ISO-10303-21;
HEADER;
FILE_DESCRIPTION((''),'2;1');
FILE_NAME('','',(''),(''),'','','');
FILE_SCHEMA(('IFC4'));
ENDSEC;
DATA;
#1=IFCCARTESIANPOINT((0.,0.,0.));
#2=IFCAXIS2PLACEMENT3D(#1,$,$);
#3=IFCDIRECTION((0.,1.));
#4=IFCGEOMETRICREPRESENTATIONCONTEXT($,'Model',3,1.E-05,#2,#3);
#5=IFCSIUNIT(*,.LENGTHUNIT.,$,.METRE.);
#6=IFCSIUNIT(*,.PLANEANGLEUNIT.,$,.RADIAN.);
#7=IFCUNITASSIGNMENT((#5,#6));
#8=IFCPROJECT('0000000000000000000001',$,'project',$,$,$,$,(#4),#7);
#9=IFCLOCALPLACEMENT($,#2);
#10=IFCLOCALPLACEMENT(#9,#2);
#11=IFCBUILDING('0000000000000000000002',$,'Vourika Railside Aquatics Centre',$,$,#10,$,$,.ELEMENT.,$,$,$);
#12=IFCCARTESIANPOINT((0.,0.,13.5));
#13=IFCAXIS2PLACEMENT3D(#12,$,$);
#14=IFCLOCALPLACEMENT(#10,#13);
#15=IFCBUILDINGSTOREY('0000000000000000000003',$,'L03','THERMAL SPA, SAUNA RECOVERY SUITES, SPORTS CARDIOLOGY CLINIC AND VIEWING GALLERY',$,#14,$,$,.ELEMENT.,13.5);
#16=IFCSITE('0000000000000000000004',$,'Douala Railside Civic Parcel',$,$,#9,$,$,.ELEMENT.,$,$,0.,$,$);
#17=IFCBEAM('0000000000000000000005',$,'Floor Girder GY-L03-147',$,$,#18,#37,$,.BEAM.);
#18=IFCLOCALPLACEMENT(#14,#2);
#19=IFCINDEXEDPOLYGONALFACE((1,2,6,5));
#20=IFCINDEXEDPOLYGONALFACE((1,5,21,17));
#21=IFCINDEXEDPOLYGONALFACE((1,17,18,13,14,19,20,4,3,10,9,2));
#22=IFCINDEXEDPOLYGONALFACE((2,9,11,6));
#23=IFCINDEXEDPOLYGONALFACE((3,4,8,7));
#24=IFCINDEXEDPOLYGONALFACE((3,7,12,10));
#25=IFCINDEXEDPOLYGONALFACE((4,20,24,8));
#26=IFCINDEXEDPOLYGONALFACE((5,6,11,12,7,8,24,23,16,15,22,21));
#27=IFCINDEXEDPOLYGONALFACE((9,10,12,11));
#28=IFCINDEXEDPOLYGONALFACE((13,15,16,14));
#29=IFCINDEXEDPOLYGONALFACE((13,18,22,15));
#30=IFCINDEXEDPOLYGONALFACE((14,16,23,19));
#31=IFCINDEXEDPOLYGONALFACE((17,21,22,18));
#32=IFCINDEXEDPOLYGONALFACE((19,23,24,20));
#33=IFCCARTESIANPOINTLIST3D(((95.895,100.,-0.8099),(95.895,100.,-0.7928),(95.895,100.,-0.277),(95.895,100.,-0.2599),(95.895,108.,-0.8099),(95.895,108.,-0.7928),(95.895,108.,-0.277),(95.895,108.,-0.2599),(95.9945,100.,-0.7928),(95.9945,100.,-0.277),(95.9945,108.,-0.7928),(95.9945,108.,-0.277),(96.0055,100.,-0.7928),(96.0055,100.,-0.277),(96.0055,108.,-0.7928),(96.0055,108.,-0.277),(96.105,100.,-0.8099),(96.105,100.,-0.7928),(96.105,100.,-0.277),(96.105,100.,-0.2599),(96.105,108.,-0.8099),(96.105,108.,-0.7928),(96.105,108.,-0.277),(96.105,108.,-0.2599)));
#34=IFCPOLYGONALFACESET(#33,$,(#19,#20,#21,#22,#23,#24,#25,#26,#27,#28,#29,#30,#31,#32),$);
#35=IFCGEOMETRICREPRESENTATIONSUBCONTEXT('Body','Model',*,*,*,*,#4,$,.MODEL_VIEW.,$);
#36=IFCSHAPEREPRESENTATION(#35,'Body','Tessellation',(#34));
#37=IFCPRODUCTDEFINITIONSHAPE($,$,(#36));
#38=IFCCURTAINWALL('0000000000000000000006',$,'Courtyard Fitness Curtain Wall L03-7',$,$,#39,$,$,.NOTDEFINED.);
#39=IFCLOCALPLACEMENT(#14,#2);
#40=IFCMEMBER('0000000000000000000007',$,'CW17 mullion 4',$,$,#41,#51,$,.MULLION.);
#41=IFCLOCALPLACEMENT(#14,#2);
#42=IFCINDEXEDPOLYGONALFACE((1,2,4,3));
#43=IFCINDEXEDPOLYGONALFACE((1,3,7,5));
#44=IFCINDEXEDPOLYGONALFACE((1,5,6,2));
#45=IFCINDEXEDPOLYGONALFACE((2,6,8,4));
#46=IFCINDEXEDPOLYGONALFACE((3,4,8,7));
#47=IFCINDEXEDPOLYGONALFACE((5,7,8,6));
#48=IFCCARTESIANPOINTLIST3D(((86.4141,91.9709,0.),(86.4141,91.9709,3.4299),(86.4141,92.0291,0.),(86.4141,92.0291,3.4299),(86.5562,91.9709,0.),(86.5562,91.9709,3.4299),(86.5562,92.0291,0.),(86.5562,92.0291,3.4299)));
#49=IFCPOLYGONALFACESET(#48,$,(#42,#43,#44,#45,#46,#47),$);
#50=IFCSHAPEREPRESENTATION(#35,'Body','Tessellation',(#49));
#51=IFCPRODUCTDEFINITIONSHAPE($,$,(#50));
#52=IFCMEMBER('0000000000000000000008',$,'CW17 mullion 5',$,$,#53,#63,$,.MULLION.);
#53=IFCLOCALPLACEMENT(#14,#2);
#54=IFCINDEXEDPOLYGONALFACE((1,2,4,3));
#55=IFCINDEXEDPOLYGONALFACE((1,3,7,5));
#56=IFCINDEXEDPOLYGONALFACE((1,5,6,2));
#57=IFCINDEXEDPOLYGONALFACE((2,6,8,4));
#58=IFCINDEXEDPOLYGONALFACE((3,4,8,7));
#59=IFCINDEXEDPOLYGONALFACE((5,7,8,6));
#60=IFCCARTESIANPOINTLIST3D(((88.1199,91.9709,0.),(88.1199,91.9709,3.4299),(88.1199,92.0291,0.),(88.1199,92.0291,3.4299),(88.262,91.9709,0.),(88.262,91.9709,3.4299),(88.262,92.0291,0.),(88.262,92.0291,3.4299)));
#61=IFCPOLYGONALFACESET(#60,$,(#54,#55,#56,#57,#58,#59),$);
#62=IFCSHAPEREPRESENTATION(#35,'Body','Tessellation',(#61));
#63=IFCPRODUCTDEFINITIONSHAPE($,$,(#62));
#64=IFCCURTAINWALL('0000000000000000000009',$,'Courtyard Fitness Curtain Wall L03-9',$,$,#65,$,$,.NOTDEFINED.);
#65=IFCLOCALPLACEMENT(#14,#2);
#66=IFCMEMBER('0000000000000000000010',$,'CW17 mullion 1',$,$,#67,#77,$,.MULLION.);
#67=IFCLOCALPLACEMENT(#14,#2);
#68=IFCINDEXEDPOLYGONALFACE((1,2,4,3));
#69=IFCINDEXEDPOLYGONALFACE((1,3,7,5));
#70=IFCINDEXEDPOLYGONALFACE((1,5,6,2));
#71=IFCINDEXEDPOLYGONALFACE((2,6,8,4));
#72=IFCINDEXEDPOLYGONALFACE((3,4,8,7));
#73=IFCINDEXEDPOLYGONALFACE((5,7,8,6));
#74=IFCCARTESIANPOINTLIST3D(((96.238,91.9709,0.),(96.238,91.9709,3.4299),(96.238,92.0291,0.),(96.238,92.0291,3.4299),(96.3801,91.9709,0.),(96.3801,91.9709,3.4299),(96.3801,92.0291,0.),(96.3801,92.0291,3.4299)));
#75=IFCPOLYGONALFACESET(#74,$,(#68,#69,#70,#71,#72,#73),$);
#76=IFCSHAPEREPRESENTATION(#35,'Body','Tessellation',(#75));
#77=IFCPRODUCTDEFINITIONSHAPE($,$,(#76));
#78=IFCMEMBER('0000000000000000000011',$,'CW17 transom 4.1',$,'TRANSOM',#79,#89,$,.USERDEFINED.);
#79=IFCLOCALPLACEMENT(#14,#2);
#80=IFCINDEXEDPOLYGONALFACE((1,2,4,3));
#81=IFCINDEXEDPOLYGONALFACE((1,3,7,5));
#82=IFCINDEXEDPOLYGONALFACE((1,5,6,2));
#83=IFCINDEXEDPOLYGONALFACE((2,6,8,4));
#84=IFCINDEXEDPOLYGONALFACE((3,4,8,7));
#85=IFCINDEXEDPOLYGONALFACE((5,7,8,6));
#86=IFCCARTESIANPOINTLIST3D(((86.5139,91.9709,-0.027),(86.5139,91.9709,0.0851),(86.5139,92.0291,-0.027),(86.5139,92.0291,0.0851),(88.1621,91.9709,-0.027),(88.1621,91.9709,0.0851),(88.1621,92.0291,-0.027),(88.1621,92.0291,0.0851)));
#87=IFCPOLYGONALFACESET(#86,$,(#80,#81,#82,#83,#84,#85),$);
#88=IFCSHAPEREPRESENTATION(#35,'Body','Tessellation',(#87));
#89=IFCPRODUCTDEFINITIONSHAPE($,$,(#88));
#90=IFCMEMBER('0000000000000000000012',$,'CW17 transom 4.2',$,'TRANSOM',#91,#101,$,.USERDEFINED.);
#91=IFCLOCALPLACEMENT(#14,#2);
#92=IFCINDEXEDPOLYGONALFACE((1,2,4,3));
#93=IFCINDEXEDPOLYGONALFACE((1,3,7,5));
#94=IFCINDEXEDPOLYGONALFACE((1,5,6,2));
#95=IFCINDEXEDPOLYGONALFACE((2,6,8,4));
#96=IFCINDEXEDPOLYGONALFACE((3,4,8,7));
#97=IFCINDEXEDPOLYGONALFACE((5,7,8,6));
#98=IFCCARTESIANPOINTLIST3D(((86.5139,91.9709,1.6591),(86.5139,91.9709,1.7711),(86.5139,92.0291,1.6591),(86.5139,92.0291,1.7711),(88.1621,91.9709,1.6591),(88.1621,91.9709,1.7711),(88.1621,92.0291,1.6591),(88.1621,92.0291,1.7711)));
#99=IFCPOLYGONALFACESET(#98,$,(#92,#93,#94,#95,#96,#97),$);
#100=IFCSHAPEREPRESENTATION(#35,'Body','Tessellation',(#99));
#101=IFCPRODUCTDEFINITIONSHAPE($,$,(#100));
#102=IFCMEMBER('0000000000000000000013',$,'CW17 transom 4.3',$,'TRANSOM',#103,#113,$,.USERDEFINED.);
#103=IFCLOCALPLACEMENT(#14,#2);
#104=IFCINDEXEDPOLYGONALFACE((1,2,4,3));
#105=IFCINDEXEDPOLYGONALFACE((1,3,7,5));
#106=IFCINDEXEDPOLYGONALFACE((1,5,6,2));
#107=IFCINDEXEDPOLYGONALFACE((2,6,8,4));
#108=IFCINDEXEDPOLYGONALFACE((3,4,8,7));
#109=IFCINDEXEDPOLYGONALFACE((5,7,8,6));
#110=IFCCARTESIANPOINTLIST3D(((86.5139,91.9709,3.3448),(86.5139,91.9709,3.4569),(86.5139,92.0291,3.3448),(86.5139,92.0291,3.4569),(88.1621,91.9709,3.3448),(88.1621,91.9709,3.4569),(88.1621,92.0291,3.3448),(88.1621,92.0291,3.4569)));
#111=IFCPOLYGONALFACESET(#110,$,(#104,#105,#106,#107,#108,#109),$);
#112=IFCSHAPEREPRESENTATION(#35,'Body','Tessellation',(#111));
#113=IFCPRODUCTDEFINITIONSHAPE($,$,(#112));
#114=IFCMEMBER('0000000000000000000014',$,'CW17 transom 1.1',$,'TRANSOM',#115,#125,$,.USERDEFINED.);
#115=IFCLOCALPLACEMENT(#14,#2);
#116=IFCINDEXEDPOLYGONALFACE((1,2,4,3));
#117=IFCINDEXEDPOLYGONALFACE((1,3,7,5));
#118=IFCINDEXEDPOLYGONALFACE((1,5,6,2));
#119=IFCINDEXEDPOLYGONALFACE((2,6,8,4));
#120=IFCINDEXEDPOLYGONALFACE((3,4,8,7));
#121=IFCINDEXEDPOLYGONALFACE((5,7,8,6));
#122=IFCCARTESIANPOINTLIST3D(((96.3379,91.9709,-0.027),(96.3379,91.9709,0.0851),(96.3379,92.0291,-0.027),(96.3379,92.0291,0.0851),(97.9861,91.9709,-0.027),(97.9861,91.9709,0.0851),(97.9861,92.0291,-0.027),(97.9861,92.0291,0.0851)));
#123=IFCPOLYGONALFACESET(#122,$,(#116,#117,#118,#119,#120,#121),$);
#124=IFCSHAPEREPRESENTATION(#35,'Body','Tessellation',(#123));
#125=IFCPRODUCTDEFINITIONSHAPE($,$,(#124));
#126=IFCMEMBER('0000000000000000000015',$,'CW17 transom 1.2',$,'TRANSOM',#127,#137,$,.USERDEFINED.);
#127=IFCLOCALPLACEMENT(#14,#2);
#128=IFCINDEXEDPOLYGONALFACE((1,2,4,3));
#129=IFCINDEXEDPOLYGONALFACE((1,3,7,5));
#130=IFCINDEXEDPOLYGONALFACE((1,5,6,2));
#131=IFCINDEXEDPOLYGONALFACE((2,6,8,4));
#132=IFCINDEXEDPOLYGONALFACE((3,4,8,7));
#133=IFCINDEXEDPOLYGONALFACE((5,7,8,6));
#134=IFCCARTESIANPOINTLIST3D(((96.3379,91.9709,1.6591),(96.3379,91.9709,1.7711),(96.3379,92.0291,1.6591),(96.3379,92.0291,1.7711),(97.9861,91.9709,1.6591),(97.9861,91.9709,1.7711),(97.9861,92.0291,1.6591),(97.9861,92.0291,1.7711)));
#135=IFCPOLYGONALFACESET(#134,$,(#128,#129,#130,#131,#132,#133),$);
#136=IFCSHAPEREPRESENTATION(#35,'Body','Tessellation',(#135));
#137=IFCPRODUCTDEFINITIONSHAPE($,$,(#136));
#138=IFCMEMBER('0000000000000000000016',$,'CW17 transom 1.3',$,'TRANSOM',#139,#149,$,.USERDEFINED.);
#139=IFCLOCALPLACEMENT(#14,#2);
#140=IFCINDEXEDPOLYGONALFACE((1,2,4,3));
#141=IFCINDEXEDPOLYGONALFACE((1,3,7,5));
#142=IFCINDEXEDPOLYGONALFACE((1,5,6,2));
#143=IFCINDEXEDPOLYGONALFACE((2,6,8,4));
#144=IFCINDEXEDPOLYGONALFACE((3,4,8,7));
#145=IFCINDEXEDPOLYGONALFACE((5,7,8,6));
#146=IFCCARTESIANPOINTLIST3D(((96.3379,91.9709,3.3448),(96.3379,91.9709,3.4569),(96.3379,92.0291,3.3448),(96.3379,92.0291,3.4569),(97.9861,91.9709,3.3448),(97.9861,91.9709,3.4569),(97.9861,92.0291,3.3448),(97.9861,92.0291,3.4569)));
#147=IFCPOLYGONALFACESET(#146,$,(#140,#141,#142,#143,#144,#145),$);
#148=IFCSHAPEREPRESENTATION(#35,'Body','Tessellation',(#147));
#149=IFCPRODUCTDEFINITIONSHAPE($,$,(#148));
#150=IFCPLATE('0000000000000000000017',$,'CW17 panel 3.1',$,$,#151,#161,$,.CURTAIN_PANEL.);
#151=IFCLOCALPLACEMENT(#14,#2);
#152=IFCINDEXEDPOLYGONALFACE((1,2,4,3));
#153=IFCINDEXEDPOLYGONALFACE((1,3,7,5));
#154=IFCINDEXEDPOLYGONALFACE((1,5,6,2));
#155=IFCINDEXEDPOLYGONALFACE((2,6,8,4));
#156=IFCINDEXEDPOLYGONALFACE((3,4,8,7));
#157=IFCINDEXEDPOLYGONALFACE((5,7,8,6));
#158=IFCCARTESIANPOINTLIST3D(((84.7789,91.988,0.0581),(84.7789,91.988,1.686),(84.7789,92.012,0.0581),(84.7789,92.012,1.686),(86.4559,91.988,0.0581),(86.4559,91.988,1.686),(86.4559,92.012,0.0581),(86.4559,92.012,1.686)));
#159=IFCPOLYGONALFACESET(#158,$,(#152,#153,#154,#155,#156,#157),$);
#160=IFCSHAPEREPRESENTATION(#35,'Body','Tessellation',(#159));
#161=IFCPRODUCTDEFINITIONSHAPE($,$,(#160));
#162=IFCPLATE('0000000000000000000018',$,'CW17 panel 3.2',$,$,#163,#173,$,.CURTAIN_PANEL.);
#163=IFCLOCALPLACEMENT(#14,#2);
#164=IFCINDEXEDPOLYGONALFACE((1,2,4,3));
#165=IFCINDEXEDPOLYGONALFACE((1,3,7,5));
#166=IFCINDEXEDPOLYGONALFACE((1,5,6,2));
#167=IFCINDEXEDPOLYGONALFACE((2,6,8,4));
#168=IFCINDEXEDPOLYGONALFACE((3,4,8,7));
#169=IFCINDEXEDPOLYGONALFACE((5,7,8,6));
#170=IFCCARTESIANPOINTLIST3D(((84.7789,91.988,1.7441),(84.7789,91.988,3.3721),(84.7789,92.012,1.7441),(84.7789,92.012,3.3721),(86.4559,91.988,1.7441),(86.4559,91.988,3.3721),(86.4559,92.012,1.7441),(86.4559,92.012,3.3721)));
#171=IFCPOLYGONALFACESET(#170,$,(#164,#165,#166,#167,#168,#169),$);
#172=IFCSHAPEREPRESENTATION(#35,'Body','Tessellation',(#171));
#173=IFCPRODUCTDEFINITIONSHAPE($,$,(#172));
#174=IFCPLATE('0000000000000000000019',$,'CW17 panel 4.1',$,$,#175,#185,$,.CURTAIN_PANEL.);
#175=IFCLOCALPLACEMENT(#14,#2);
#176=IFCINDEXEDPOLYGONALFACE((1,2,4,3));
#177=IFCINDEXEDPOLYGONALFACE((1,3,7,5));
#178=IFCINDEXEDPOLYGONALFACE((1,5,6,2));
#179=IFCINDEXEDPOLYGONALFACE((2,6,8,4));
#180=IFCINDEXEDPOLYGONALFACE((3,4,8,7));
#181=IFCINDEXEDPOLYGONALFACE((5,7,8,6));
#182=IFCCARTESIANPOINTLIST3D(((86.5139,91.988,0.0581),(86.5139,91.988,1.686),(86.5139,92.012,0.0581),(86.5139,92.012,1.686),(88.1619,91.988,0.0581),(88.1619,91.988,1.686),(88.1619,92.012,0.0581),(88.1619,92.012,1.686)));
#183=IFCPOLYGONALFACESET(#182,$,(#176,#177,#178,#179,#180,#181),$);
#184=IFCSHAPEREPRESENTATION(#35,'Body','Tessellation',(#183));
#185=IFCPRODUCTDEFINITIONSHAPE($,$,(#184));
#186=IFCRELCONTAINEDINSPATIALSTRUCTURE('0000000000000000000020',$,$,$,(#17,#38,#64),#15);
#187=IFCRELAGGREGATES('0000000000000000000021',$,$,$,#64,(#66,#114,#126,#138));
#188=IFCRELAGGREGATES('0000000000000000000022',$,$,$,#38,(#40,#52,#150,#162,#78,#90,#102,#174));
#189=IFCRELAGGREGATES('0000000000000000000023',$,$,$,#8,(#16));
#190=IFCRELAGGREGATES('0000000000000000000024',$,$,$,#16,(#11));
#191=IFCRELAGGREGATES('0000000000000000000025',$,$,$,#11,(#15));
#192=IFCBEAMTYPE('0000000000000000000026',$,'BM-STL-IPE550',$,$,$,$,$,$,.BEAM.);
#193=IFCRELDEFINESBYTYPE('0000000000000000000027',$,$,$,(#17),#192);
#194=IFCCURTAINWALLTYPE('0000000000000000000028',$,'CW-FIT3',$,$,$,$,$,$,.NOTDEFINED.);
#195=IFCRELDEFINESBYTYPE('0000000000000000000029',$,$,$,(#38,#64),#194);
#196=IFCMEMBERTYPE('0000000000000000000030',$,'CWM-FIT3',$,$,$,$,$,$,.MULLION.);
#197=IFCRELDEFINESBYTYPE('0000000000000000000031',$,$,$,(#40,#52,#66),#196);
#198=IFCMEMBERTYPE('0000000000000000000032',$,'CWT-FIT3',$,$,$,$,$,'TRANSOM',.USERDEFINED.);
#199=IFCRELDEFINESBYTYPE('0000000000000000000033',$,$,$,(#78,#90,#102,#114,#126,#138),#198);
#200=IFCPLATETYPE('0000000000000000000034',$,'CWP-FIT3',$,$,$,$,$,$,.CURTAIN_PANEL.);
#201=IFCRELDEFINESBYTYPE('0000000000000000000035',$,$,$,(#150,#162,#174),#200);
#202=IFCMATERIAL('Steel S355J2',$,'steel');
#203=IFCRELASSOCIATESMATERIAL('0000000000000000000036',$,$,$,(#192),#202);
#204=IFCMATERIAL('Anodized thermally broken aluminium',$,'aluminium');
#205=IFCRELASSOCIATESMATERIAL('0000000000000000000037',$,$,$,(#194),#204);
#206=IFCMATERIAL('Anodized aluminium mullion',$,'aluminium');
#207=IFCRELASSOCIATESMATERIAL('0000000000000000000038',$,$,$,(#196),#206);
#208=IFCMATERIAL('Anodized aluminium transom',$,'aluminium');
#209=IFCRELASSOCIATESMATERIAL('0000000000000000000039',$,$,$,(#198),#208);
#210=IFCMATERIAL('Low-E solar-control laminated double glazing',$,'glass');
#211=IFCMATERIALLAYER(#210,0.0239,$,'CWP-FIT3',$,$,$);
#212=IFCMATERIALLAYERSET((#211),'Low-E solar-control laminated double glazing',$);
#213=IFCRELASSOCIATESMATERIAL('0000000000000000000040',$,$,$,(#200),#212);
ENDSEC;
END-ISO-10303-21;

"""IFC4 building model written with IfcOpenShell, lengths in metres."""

from ifc_helpers import new_model, si_unit, direction, frame, origin, origin_2d, place, context, subcontext, project, spatial, rectangle, i_section, extrude, material, layer, layer_set, material_profile, profile_set, type_object, element, aggregate, save


model = new_model("IFC4")

# Units and contexts
model_context = context("Model", 3, precision=1e-05, world=origin(), true_north=direction((0.0, 1.0)))
body_context = subcontext(model_context, "Body", "Model", "MODEL_VIEW")
ifc_project = project(units=[si_unit("LENGTHUNIT", "METRE"), si_unit("PLANEANGLEUNIT", "RADIAN")], contexts=[model_context])

# Site, building, storey
site_placement = place(None, origin())
site = spatial("IfcSite", under=ifc_project, at=site_placement, Name="Douala Railside Civic Parcel", CompositionType="ELEMENT", RefElevation=0.0)
building_placement = place(site_placement, origin())
building = spatial("IfcBuilding", under=site, at=building_placement, Name="Vourika Railside Aquatics Centre", CompositionType="ELEMENT")
storey_placement = place(building_placement, frame((0.0, 0.0, 13.5)))
storey = spatial("IfcBuildingStorey", under=building, at=storey_placement, Name="L03", Description="THERMAL SPA, SAUNA RECOVERY SUITES, SPORTS CARDIOLOGY CLINIC AND VIEWING GALLERY", CompositionType="ELEMENT", Elevation=13.5)

# Beam
ifc_material_1 = material(Name="Steel S355J2", Category="steel")
ifc_material_profile_1 = material_profile(ifc_material_1, i_section(OverallWidth=0.21, OverallDepth=0.55, WebThickness=0.011, FlangeThickness=0.0171, at=origin_2d()), Name="IPE 550")
ifc_profile_set_1 = profile_set([ifc_material_profile_1], Name="Steel S355J2")
beam_type_1 = type_object("IfcBeamType", Name="BM-STL-IPE550", PredefinedType="BEAM", material=ifc_profile_set_1)
for number, where, z_axis, x_axis, name in (
    (1, (96.0, 100.0, -0.5349), (0.0, 1.0, 0.0), (-1.0, 0.0, 0.0), "Floor Girder GY-L03-147"),
):
    element("IfcBeam", number, at=place(storey_placement, frame(where, z_axis=z_axis, x_axis=x_axis)), inside=storey, type_object=beam_type_1, Name=name, PredefinedType="BEAM", context=body_context, shape_type="SweptSolid", body=[
        extrude(i_section(OverallWidth=0.21, OverallDepth=0.55, WebThickness=0.011, FlangeThickness=0.0171, at=origin_2d()), origin(), (0.0, 0.0, 1.0), 8.0),
    ])

# Curtain wall, members
ifc_material_2 = material(Name="Anodized thermally broken aluminium", Category="aluminium")
curtain_wall_type = type_object("IfcCurtainWallType", Name="CW-FIT3", PredefinedType="NOTDEFINED", material=ifc_material_2)
curtain_wall_1_placement = place(storey_placement, origin())
curtain_wall_1 = element("IfcCurtainWall", 2, at=curtain_wall_1_placement, inside=storey, type_object=curtain_wall_type, Name="Courtyard Fitness Curtain Wall L03-7", PredefinedType="NOTDEFINED")
ifc_material_3 = material(Name="Anodized aluminium mullion", Category="aluminium")
ifc_material_profile_2 = material_profile(ifc_material_3, rectangle(XDim=0.0581, YDim=0.1421, at=origin_2d()), Name="ALU-M 58x142")
ifc_profile_set_2 = profile_set([ifc_material_profile_2], Name="Anodized aluminium mullion")
member_type_1 = type_object("IfcMemberType", Name="CWM-FIT3", PredefinedType="MULLION", material=ifc_profile_set_2)
member_1_placement = place(storey_placement, frame((86.4851, 92.0, 0.0), z_axis=(0.0, 0.0, 1.0), x_axis=(0.0, 1.0, 0.0)))
member_1 = element("IfcMember", 3, at=member_1_placement, type_object=member_type_1, Name="CW17 mullion 4", PredefinedType="MULLION", context=body_context, shape_type="SweptSolid", body=[
    extrude(rectangle(XDim=0.0581, YDim=0.1421, at=origin_2d()), origin(), (0.0, 0.0, 1.0), 3.4299),
])
member_2_placement = place(storey_placement, frame((88.1909, 92.0, 0.0), z_axis=(0.0, 0.0, 1.0), x_axis=(0.0, 1.0, 0.0)))
member_2 = element("IfcMember", 4, at=member_2_placement, type_object=member_type_1, Name="CW17 mullion 5", PredefinedType="MULLION", context=body_context, shape_type="SweptSolid", body=[
    extrude(rectangle(XDim=0.0581, YDim=0.1421, at=origin_2d()), origin(), (0.0, 0.0, 1.0), 3.4299),
])

# Curtain wall, member
curtain_wall_2_placement = place(storey_placement, origin())
curtain_wall_2 = element("IfcCurtainWall", 5, at=curtain_wall_2_placement, inside=storey, type_object=curtain_wall_type, Name="Courtyard Fitness Curtain Wall L03-9", PredefinedType="NOTDEFINED")
member_3_placement = place(storey_placement, frame((96.3091, 92.0, 0.0), z_axis=(0.0, 0.0, 1.0), x_axis=(0.0, 1.0, 0.0)))
member_3 = element("IfcMember", 6, at=member_3_placement, type_object=member_type_1, Name="CW17 mullion 1", PredefinedType="MULLION", context=body_context, shape_type="SweptSolid", body=[
    extrude(rectangle(XDim=0.0581, YDim=0.1421, at=origin_2d()), origin(), (0.0, 0.0, 1.0), 3.4299),
])

# Members
ifc_material_4 = material(Name="Anodized aluminium transom", Category="aluminium")
ifc_material_profile_3 = material_profile(ifc_material_4, rectangle(XDim=0.0581, YDim=0.1121, at=origin_2d()), Name="ALU-T 58x112")
ifc_profile_set_3 = profile_set([ifc_material_profile_3], Name="Anodized aluminium transom")
member_type_2 = type_object("IfcMemberType", Name="CWT-FIT3", ElementType="TRANSOM", PredefinedType="USERDEFINED", material=ifc_profile_set_3)
member_4_placement = place(storey_placement, frame((86.5139, 92.0, 0.0291), z_axis=(1.0, 0.0, 0.0), x_axis=(0.0, 1.0, 0.0)))
member_4 = element("IfcMember", 7, at=member_4_placement, type_object=member_type_2, Name="CW17 transom 4.1", ObjectType="TRANSOM", PredefinedType="USERDEFINED", context=body_context, shape_type="SweptSolid", body=[
    extrude(rectangle(XDim=0.0581, YDim=0.1121, at=origin_2d()), origin(), (0.0, 0.0, 1.0), 1.6482),
])
member_5_placement = place(storey_placement, frame((86.5139, 92.0, 1.7151), z_axis=(1.0, 0.0, 0.0), x_axis=(0.0, 1.0, 0.0)))
member_5 = element("IfcMember", 8, at=member_5_placement, type_object=member_type_2, Name="CW17 transom 4.2", ObjectType="TRANSOM", PredefinedType="USERDEFINED", context=body_context, shape_type="SweptSolid", body=[
    extrude(rectangle(XDim=0.0581, YDim=0.1121, at=origin_2d()), origin(), (0.0, 0.0, 1.0), 1.6482),
])
member_6_placement = place(storey_placement, frame((86.5139, 92.0, 3.4009), z_axis=(1.0, 0.0, 0.0), x_axis=(0.0, 1.0, 0.0)))
member_6 = element("IfcMember", 9, at=member_6_placement, type_object=member_type_2, Name="CW17 transom 4.3", ObjectType="TRANSOM", PredefinedType="USERDEFINED", context=body_context, shape_type="SweptSolid", body=[
    extrude(rectangle(XDim=0.0581, YDim=0.1121, at=origin_2d()), origin(), (0.0, 0.0, 1.0), 1.6482),
])
member_7_placement = place(storey_placement, frame((96.3379, 92.0, 0.0291), z_axis=(1.0, 0.0, 0.0), x_axis=(0.0, 1.0, 0.0)))
member_7 = element("IfcMember", 10, at=member_7_placement, type_object=member_type_2, Name="CW17 transom 1.1", ObjectType="TRANSOM", PredefinedType="USERDEFINED", context=body_context, shape_type="SweptSolid", body=[
    extrude(rectangle(XDim=0.0581, YDim=0.1121, at=origin_2d()), origin(), (0.0, 0.0, 1.0), 1.6482),
])
member_8_placement = place(storey_placement, frame((96.3379, 92.0, 1.7151), z_axis=(1.0, 0.0, 0.0), x_axis=(0.0, 1.0, 0.0)))
member_8 = element("IfcMember", 11, at=member_8_placement, type_object=member_type_2, Name="CW17 transom 1.2", ObjectType="TRANSOM", PredefinedType="USERDEFINED", context=body_context, shape_type="SweptSolid", body=[
    extrude(rectangle(XDim=0.0581, YDim=0.1121, at=origin_2d()), origin(), (0.0, 0.0, 1.0), 1.6482),
])
member_9_placement = place(storey_placement, frame((96.3379, 92.0, 3.4009), z_axis=(1.0, 0.0, 0.0), x_axis=(0.0, 1.0, 0.0)))
member_9 = element("IfcMember", 12, at=member_9_placement, type_object=member_type_2, Name="CW17 transom 1.3", ObjectType="TRANSOM", PredefinedType="USERDEFINED", context=body_context, shape_type="SweptSolid", body=[
    extrude(rectangle(XDim=0.0581, YDim=0.1121, at=origin_2d()), origin(), (0.0, 0.0, 1.0), 1.6482),
])
aggregate(curtain_wall_2, [member_3, member_7, member_8, member_9])

# Plates
ifc_material_5 = material(Name="Low-E solar-control laminated double glazing", Category="glass")
ifc_layer_1 = layer(ifc_material_5, 0.0239, Name="CWP-FIT3")
ifc_layer_set_1 = layer_set([ifc_layer_1], Name="Low-E solar-control laminated double glazing")
plate_type = type_object("IfcPlateType", Name="CWP-FIT3", PredefinedType="CURTAIN_PANEL", material=ifc_layer_set_1)
plate_1_placement = place(storey_placement, frame((85.6174, 92.0, 0.0581), z_axis=(0.0, 0.0, 1.0), x_axis=(1.0, 0.0, 0.0)))
plate_1 = element("IfcPlate", 13, at=plate_1_placement, type_object=plate_type, Name="CW17 panel 3.1", PredefinedType="CURTAIN_PANEL", context=body_context, shape_type="SweptSolid", body=[
    extrude(rectangle(XDim=1.677, YDim=0.0239, at=origin_2d()), origin(), (0.0, 0.0, 1.0), 1.6279),
])
plate_2_placement = place(storey_placement, frame((85.6174, 92.0, 1.7441), z_axis=(0.0, 0.0, 1.0), x_axis=(1.0, 0.0, 0.0)))
plate_2 = element("IfcPlate", 14, at=plate_2_placement, type_object=plate_type, Name="CW17 panel 3.2", PredefinedType="CURTAIN_PANEL", context=body_context, shape_type="SweptSolid", body=[
    extrude(rectangle(XDim=1.677, YDim=0.0239, at=origin_2d()), origin(), (0.0, 0.0, 1.0), 1.6279),
])
plate_3_placement = place(storey_placement, frame((87.3379, 92.0, 0.0581), z_axis=(0.0, 0.0, 1.0), x_axis=(1.0, 0.0, 0.0)))
plate_3 = element("IfcPlate", 15, at=plate_3_placement, type_object=plate_type, Name="CW17 panel 4.1", PredefinedType="CURTAIN_PANEL", context=body_context, shape_type="SweptSolid", body=[
    extrude(rectangle(XDim=1.6479, YDim=0.0239, at=origin_2d()), origin(), (0.0, 0.0, 1.0), 1.6279),
])
aggregate(curtain_wall_1, [member_1, member_2, plate_1, plate_2, member_4, member_5, member_6, plate_3])

save(model, "model.ifc")
